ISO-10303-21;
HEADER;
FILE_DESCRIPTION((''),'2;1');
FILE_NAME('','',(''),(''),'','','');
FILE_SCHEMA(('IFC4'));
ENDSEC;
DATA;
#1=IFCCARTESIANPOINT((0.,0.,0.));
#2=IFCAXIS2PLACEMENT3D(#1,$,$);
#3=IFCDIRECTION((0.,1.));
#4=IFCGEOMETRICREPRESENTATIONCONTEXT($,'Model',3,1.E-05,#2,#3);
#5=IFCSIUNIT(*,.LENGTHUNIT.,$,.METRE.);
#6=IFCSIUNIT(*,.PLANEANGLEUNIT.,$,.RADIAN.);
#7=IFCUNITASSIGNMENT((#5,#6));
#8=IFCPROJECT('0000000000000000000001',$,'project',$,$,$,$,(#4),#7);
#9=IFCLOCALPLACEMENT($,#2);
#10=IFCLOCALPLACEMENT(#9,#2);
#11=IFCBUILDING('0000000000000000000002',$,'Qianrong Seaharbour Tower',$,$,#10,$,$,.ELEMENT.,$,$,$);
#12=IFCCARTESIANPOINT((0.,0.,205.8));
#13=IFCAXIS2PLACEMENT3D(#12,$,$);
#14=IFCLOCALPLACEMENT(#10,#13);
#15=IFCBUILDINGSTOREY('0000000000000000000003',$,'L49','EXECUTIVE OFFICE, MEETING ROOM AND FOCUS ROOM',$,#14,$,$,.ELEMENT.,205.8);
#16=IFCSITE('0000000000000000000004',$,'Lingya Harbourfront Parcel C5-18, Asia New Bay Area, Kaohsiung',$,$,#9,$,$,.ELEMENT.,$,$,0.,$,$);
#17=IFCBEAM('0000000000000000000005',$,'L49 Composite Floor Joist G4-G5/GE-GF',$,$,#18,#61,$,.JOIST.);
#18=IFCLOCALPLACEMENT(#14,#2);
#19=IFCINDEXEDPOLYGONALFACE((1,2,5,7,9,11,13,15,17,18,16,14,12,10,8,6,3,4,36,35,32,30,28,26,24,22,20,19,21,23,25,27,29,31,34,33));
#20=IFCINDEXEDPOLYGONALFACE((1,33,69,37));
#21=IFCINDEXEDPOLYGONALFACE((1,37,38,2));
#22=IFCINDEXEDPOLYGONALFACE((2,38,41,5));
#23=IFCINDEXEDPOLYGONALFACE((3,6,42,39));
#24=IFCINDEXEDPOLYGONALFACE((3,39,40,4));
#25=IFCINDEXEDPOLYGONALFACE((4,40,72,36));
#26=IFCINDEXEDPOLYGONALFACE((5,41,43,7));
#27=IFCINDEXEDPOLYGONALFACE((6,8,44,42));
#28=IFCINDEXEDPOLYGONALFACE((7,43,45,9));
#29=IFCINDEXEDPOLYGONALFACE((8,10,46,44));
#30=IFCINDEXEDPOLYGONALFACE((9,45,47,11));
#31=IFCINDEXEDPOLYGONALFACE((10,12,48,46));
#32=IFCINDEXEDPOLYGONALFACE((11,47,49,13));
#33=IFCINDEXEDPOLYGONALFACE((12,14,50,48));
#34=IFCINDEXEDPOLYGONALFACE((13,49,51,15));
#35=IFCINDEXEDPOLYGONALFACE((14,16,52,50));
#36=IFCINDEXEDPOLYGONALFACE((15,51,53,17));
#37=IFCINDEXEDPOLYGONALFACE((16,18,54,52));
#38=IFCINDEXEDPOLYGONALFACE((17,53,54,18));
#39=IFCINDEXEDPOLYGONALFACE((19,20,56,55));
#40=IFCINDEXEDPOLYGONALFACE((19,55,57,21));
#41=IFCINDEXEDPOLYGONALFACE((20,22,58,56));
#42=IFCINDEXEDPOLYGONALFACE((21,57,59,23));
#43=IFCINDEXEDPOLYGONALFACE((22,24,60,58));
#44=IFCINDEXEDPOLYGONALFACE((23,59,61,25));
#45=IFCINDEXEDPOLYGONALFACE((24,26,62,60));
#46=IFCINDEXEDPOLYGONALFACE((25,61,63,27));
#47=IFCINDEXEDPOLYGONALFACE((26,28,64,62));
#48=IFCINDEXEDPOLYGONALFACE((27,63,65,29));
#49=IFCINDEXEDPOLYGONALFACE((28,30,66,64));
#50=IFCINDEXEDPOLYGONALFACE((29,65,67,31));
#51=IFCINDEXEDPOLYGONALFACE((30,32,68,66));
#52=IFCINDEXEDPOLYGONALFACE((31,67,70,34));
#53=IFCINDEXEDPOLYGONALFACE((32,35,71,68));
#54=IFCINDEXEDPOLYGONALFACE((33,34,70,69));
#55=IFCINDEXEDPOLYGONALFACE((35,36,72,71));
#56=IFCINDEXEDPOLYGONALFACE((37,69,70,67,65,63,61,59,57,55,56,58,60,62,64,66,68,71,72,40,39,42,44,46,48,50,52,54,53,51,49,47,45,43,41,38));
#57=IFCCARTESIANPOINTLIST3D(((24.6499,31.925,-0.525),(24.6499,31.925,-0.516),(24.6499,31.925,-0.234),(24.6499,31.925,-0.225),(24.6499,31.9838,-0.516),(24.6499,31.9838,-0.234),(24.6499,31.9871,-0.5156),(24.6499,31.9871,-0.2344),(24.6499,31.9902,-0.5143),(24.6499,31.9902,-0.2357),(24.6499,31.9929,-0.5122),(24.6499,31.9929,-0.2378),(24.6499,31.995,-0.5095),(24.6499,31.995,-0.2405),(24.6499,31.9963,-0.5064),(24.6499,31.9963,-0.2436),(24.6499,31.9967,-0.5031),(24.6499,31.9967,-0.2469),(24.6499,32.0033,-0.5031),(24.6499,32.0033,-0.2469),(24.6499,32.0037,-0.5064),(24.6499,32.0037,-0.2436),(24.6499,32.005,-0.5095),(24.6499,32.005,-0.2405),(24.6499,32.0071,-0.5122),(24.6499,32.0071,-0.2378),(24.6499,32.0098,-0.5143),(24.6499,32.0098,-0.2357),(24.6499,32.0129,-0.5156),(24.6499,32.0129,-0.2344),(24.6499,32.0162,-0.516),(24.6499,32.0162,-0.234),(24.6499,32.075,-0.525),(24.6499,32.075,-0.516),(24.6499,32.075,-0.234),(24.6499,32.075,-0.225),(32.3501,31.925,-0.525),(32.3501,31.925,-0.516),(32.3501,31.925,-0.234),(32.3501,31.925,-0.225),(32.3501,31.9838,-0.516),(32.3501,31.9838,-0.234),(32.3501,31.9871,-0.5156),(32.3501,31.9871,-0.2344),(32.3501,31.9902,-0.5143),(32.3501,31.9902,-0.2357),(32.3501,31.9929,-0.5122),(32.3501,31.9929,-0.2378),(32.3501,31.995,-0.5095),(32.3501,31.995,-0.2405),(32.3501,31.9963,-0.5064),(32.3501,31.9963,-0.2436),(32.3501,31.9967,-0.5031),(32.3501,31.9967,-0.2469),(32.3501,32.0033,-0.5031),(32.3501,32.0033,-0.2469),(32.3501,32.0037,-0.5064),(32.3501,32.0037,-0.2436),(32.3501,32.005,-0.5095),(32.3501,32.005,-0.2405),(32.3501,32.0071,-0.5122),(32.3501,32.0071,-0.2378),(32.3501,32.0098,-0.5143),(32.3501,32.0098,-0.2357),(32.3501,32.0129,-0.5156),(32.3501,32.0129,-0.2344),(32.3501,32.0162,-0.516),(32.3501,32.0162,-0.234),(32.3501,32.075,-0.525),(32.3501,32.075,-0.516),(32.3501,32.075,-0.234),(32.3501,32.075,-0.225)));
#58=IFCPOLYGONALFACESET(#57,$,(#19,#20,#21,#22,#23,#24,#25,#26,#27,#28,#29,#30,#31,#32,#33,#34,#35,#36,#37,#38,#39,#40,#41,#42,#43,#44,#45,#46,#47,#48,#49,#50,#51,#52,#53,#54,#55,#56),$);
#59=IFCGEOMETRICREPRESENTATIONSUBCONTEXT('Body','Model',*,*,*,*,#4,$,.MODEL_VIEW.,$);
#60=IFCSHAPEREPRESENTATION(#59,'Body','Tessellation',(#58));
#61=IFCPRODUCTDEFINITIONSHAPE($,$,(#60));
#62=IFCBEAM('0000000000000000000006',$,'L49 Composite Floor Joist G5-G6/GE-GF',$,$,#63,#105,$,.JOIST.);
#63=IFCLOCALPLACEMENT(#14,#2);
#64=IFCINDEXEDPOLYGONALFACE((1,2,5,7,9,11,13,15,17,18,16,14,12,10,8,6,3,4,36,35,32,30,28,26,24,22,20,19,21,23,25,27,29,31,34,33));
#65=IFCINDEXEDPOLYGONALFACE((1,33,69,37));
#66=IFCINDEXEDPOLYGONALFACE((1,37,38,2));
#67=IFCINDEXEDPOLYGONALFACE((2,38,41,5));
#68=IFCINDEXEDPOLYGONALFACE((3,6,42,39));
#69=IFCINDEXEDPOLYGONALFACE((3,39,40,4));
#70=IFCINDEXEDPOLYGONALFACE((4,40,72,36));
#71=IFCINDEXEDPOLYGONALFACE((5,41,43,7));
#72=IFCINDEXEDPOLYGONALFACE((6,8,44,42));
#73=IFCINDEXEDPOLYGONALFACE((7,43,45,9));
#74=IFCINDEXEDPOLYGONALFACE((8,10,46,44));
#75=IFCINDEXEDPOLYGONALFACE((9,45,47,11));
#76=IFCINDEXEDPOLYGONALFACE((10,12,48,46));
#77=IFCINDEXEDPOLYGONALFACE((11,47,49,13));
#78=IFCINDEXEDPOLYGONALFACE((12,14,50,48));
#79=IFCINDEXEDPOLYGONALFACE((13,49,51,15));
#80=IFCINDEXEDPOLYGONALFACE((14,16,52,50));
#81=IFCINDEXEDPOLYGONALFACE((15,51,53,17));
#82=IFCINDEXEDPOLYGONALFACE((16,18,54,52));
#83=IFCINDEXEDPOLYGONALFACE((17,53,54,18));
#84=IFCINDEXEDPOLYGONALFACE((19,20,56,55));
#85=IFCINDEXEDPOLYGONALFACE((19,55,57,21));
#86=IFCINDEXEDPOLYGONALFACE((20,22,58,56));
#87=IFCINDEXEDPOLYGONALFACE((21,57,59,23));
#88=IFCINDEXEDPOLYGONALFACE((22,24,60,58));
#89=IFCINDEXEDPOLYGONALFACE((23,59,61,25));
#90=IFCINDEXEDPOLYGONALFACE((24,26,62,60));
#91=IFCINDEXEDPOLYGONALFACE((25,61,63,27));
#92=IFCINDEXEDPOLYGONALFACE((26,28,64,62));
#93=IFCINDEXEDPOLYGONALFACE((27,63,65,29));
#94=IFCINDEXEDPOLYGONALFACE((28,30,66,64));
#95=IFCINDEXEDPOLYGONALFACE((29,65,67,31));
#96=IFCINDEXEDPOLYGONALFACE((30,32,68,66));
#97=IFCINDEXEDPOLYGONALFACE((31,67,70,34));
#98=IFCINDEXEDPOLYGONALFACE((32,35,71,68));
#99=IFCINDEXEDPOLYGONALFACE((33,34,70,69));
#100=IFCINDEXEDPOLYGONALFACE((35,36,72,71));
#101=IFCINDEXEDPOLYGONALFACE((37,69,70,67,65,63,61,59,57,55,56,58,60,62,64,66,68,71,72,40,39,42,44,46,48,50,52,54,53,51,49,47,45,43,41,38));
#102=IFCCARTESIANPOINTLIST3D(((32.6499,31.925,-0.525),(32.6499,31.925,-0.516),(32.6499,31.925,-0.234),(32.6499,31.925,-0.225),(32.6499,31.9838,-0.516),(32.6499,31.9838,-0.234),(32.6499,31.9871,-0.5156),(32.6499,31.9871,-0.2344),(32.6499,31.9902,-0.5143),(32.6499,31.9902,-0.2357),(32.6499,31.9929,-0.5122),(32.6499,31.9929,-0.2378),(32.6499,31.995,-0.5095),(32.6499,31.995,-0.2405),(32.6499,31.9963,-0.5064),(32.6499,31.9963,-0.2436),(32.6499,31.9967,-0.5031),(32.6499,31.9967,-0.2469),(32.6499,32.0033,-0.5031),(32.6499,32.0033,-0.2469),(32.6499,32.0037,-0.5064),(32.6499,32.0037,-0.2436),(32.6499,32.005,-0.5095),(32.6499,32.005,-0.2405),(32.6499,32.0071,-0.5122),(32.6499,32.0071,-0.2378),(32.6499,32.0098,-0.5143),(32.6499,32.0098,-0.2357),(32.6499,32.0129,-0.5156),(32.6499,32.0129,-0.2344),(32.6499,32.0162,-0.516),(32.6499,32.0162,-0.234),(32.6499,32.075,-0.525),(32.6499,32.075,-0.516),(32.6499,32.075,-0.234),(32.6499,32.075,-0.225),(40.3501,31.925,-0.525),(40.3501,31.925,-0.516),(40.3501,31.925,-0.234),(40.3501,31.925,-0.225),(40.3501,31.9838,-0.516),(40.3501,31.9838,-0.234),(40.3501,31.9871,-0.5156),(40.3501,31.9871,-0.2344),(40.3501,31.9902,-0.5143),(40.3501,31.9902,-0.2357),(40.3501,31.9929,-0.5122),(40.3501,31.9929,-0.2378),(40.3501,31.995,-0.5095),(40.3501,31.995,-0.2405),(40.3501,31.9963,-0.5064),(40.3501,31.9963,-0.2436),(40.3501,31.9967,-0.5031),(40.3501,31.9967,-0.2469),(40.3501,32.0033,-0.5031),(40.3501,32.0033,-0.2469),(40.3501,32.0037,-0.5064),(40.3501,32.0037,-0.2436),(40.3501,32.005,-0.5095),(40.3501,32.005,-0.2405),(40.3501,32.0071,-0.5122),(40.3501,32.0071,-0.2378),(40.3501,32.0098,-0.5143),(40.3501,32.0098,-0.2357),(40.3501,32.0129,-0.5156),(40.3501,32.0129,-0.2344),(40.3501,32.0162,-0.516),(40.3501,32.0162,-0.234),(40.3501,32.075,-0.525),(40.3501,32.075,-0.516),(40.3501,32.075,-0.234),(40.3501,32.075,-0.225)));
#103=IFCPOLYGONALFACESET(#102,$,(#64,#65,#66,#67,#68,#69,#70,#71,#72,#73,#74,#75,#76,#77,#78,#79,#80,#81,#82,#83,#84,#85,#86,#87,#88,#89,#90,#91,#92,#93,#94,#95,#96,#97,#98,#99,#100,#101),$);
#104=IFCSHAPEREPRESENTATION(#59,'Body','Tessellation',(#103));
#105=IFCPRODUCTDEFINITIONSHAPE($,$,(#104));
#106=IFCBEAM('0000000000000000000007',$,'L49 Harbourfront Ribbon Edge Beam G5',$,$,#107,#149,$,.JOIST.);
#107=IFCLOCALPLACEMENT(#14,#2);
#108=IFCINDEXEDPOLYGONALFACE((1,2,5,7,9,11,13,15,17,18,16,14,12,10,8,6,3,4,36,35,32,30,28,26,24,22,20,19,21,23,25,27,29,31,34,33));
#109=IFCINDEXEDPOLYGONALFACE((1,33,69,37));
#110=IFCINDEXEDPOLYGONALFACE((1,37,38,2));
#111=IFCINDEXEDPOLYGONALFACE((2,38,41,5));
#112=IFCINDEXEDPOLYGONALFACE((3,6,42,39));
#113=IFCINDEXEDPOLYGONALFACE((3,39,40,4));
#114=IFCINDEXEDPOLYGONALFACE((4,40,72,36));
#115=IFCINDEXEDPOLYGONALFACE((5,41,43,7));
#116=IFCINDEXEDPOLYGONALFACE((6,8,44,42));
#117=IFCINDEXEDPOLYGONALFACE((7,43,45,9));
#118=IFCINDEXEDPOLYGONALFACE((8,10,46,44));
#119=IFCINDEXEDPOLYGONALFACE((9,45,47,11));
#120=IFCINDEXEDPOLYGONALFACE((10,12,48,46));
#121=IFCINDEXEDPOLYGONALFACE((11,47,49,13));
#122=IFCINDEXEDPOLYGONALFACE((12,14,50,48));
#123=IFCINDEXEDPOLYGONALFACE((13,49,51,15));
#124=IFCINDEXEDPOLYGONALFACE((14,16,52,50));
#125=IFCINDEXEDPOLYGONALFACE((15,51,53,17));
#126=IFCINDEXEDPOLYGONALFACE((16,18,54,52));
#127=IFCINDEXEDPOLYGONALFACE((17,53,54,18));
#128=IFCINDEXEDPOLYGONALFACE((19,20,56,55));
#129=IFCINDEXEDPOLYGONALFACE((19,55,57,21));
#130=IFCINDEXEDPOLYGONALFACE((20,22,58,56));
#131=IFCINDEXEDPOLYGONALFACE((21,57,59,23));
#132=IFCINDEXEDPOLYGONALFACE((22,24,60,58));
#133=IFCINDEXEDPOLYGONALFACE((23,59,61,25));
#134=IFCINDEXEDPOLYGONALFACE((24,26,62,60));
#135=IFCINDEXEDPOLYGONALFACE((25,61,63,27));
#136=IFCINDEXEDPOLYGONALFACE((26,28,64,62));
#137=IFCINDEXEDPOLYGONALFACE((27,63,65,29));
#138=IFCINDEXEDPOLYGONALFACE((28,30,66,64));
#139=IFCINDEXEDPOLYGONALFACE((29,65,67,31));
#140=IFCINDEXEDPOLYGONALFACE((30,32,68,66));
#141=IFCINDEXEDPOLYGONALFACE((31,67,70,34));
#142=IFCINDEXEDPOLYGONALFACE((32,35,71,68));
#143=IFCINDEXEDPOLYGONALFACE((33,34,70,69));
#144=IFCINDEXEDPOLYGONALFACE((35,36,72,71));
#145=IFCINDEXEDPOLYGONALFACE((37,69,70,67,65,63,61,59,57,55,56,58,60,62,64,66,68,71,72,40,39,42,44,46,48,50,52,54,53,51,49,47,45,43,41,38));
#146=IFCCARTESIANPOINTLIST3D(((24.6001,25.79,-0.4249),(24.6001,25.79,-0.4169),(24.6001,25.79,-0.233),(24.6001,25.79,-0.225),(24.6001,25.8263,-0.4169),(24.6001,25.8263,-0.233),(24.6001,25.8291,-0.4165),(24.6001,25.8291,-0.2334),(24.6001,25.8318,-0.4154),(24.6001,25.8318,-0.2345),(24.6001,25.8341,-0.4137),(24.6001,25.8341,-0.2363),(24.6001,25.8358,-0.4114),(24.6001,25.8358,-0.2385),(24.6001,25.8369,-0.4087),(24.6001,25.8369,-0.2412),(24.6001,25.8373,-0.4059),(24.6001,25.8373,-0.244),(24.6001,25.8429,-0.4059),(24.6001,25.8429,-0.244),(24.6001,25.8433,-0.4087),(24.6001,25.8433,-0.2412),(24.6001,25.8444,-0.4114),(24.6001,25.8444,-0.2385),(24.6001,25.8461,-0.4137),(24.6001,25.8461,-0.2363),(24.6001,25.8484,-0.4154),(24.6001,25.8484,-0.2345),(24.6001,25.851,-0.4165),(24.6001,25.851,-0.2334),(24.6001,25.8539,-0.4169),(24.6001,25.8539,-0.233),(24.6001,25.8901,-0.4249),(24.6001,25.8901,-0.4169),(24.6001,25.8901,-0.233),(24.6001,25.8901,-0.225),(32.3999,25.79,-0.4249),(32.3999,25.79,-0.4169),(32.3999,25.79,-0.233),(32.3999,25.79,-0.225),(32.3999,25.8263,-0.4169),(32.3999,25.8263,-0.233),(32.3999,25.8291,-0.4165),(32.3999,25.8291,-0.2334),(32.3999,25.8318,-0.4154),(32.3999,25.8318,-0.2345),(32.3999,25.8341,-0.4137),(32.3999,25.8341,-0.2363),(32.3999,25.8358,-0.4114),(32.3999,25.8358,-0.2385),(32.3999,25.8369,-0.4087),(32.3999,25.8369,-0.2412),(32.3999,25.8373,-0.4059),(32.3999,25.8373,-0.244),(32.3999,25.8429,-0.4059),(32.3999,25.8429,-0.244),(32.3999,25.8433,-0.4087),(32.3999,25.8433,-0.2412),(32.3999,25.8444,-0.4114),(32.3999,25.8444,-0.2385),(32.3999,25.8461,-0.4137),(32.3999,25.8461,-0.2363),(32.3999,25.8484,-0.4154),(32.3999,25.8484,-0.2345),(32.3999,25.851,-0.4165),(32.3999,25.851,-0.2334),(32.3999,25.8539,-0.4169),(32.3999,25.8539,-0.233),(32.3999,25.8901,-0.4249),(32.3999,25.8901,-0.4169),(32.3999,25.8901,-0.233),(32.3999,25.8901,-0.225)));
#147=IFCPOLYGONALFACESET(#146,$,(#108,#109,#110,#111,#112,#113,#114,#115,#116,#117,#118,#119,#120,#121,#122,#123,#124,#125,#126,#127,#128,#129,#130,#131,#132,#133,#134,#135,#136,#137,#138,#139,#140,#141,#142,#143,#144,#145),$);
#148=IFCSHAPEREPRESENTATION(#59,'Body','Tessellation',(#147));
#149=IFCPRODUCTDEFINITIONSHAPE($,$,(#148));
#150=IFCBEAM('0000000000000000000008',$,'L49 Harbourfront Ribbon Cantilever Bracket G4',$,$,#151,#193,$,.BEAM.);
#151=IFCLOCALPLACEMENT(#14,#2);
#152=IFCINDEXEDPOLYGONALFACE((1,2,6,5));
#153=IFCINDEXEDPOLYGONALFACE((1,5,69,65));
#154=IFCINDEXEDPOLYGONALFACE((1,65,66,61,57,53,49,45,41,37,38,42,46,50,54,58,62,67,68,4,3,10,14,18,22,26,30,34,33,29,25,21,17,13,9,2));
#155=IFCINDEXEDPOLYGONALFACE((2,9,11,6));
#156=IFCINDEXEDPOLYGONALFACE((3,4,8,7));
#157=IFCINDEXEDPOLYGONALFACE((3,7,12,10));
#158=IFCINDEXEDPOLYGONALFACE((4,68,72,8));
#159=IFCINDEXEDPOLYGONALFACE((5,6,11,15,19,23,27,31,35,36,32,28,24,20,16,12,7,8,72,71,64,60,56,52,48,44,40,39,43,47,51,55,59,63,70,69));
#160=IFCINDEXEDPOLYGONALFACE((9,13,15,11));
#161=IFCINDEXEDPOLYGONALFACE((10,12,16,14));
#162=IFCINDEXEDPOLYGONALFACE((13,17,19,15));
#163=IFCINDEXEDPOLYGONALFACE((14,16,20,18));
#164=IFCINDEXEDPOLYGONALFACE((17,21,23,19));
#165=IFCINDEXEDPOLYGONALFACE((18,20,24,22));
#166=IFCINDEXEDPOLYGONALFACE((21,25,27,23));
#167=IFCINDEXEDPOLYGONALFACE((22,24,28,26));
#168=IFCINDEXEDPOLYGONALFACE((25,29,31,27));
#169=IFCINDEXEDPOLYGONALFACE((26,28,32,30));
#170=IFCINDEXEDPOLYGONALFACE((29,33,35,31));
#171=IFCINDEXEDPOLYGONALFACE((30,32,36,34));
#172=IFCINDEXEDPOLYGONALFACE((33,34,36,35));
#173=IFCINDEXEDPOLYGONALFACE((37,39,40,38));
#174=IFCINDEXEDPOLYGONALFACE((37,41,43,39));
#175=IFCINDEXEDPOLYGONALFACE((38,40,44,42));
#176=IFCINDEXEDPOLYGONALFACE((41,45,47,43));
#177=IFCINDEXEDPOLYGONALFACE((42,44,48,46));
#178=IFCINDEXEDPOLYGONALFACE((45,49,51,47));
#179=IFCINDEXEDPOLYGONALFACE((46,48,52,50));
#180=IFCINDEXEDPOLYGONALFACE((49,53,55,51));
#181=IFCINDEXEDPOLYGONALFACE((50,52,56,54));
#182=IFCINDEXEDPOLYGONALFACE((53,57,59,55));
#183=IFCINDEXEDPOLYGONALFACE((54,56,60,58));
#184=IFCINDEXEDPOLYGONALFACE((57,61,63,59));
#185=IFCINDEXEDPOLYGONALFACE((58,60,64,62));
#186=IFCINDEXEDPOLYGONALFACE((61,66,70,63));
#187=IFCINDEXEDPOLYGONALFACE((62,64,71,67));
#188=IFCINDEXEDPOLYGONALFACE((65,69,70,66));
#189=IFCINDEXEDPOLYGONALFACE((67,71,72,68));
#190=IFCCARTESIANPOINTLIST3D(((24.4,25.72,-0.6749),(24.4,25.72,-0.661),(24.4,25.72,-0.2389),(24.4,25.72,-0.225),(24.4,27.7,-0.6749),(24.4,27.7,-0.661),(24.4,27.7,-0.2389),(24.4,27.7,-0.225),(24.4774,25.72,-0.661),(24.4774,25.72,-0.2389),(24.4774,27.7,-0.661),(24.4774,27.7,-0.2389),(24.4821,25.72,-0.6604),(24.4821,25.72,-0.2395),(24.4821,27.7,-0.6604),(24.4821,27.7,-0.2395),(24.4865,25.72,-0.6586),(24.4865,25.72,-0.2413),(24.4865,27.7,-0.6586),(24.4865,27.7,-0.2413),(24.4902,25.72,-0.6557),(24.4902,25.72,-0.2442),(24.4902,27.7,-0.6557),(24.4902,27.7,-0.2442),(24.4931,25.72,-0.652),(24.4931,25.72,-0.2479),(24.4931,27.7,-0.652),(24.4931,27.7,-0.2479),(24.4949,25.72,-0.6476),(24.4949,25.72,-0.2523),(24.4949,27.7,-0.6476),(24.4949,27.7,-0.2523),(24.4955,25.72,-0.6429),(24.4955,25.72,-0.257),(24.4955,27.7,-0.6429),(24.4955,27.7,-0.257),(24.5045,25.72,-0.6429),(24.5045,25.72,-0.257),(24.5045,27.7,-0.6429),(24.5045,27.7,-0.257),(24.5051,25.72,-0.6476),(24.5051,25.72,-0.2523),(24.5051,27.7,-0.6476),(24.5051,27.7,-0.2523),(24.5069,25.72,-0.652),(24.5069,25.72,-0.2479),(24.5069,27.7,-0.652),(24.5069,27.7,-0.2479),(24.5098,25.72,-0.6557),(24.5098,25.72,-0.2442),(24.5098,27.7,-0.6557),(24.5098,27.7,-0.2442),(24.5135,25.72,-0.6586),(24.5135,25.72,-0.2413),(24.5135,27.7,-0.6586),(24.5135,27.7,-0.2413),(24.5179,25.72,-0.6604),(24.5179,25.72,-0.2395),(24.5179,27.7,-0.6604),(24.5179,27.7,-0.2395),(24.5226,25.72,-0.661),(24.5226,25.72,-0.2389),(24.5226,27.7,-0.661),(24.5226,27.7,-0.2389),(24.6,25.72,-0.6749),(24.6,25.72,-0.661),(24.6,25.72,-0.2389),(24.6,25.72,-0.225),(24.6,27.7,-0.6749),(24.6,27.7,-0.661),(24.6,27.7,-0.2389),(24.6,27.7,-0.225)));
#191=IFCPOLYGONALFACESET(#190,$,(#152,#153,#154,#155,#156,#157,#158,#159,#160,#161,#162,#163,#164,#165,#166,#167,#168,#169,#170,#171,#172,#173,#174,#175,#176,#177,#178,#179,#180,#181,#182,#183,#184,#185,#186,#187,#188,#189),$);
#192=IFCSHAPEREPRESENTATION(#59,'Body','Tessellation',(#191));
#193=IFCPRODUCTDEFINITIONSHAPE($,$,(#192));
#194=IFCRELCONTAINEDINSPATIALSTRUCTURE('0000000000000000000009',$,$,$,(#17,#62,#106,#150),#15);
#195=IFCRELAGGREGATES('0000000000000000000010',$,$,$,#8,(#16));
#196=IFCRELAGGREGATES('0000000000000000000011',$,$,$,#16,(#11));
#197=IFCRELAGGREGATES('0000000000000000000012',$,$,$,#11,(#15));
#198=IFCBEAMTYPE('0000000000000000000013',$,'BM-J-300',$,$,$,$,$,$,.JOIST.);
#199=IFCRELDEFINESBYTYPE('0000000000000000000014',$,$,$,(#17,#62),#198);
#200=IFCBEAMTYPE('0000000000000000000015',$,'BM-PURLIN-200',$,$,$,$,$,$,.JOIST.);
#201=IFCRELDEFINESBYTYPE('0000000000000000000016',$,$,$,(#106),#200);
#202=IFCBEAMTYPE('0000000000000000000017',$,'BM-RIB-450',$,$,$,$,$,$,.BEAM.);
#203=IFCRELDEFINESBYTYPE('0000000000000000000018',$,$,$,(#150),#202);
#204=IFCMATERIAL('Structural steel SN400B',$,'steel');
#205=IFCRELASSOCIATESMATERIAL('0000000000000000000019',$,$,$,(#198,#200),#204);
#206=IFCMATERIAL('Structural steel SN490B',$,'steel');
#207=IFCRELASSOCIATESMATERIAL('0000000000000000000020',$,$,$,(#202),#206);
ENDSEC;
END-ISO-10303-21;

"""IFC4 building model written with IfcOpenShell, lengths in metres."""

from ifc_helpers import new_model, si_unit, direction, frame, origin, origin_2d, place, context, subcontext, project, spatial, i_section, extrude, material, material_profile, profile_set, type_object, element, save


model = new_model("IFC4")

# Units and contexts
model_context = context("Model", 3, precision=1e-05, world=origin(), true_north=direction((0.0, 1.0)))
body_context = subcontext(model_context, "Body", "Model", "MODEL_VIEW")
ifc_project = project(units=[si_unit("LENGTHUNIT", "METRE"), si_unit("PLANEANGLEUNIT", "RADIAN")], contexts=[model_context])

# Site, building, storey
site_placement = place(None, origin())
site = spatial("IfcSite", under=ifc_project, at=site_placement, Name="Lingya Harbourfront Parcel C5-18, Asia New Bay Area, Kaohsiung", CompositionType="ELEMENT", RefElevation=0.0)
building_placement = place(site_placement, origin())
building = spatial("IfcBuilding", under=site, at=building_placement, Name="Qianrong Seaharbour Tower", CompositionType="ELEMENT")
storey_placement = place(building_placement, frame((0.0, 0.0, 205.8)))
storey = spatial("IfcBuildingStorey", under=building, at=storey_placement, Name="L49", Description="EXECUTIVE OFFICE, MEETING ROOM AND FOCUS ROOM", CompositionType="ELEMENT", Elevation=205.8)

# Shared definitions
ifc_material_1 = material(Name="Structural steel SN490B", Category="steel")

# Beams
ifc_material_2 = material(Name="Structural steel SN400B", Category="steel")
ifc_material_profile_1 = material_profile(ifc_material_2, i_section(OverallWidth=0.1499, OverallDepth=0.3, WebThickness=0.0066, FlangeThickness=0.009, FilletRadius=0.0129, at=origin_2d()), Name="H300x150x6.5x9")
ifc_profile_set_1 = profile_set([ifc_material_profile_1], Name="Structural steel SN400B")
beam_type_1 = type_object("IfcBeamType", Name="BM-J-300", PredefinedType="JOIST", material=ifc_profile_set_1)
for number, where, z_axis, x_axis, name in (
    (1, (24.6499, 32.0, -0.375), (1.0, 0.0, 0.0), (0.0, 1.0, 0.0), "L49 Composite Floor Joist G4-G5/GE-GF"),
    (2, (32.6499, 32.0, -0.375), (1.0, 0.0, 0.0), (0.0, 1.0, 0.0), "L49 Composite Floor Joist G5-G6/GE-GF"),
):
    element("IfcBeam", number, at=place(storey_placement, frame(where, z_axis=z_axis, x_axis=x_axis)), inside=storey, type_object=beam_type_1, Name=name, PredefinedType="JOIST", context=body_context, shape_type="SweptSolid", body=[
        extrude(i_section(OverallWidth=0.1499, OverallDepth=0.3, WebThickness=0.0066, FlangeThickness=0.009, FilletRadius=0.0129, at=origin_2d()), origin(), (0.0, 0.0, 1.0), 7.7002),
    ])
ifc_material_profile_2 = material_profile(ifc_material_2, i_section(OverallWidth=0.1001, OverallDepth=0.2, WebThickness=0.0056, FlangeThickness=0.0081, FilletRadius=0.011, at=origin_2d()), Name="H200x100x5.5x8")
ifc_profile_set_2 = profile_set([ifc_material_profile_2], Name="Structural steel SN400B")
beam_type_2 = type_object("IfcBeamType", Name="BM-PURLIN-200", PredefinedType="JOIST", material=ifc_profile_set_2)
beam_1_placement = place(storey_placement, frame((24.6001, 25.8401, -0.325), z_axis=(1.0, 0.0, 0.0), x_axis=(0.0, 1.0, 0.0)))
element("IfcBeam", 3, at=beam_1_placement, inside=storey, type_object=beam_type_2, Name="L49 Harbourfront Ribbon Edge Beam G5", PredefinedType="JOIST", context=body_context, shape_type="SweptSolid", body=[
    extrude(i_section(OverallWidth=0.1001, OverallDepth=0.2, WebThickness=0.0056, FlangeThickness=0.0081, FilletRadius=0.011, at=origin_2d()), origin(), (0.0, 0.0, 1.0), 7.7998),
])
ifc_material_profile_3 = material_profile(ifc_material_1, i_section(OverallWidth=0.2, OverallDepth=0.45, WebThickness=0.009, FlangeThickness=0.0139, FilletRadius=0.0181, at=origin_2d()), Name="H450x200x9x14")
ifc_profile_set_3 = profile_set([ifc_material_profile_3], Name="Structural steel SN490B")
beam_type_3 = type_object("IfcBeamType", Name="BM-RIB-450", PredefinedType="BEAM", material=ifc_profile_set_3)
for number, where, z_axis, x_axis, name in (
    (4, (24.5, 27.7, -0.45), (0.0, -1.0, 0.0), (1.0, 0.0, 0.0), "L49 Harbourfront Ribbon Cantilever Bracket G4"),
):
    element("IfcBeam", number, at=place(storey_placement, frame(where, z_axis=z_axis, x_axis=x_axis)), inside=storey, type_object=beam_type_3, Name=name, PredefinedType="BEAM", context=body_context, shape_type="SweptSolid", body=[
        extrude(i_section(OverallWidth=0.2, OverallDepth=0.45, WebThickness=0.009, FlangeThickness=0.0139, FilletRadius=0.0181, at=origin_2d()), origin(), (0.0, 0.0, 1.0), 1.98),
    ])

save(model, "model.ifc")
